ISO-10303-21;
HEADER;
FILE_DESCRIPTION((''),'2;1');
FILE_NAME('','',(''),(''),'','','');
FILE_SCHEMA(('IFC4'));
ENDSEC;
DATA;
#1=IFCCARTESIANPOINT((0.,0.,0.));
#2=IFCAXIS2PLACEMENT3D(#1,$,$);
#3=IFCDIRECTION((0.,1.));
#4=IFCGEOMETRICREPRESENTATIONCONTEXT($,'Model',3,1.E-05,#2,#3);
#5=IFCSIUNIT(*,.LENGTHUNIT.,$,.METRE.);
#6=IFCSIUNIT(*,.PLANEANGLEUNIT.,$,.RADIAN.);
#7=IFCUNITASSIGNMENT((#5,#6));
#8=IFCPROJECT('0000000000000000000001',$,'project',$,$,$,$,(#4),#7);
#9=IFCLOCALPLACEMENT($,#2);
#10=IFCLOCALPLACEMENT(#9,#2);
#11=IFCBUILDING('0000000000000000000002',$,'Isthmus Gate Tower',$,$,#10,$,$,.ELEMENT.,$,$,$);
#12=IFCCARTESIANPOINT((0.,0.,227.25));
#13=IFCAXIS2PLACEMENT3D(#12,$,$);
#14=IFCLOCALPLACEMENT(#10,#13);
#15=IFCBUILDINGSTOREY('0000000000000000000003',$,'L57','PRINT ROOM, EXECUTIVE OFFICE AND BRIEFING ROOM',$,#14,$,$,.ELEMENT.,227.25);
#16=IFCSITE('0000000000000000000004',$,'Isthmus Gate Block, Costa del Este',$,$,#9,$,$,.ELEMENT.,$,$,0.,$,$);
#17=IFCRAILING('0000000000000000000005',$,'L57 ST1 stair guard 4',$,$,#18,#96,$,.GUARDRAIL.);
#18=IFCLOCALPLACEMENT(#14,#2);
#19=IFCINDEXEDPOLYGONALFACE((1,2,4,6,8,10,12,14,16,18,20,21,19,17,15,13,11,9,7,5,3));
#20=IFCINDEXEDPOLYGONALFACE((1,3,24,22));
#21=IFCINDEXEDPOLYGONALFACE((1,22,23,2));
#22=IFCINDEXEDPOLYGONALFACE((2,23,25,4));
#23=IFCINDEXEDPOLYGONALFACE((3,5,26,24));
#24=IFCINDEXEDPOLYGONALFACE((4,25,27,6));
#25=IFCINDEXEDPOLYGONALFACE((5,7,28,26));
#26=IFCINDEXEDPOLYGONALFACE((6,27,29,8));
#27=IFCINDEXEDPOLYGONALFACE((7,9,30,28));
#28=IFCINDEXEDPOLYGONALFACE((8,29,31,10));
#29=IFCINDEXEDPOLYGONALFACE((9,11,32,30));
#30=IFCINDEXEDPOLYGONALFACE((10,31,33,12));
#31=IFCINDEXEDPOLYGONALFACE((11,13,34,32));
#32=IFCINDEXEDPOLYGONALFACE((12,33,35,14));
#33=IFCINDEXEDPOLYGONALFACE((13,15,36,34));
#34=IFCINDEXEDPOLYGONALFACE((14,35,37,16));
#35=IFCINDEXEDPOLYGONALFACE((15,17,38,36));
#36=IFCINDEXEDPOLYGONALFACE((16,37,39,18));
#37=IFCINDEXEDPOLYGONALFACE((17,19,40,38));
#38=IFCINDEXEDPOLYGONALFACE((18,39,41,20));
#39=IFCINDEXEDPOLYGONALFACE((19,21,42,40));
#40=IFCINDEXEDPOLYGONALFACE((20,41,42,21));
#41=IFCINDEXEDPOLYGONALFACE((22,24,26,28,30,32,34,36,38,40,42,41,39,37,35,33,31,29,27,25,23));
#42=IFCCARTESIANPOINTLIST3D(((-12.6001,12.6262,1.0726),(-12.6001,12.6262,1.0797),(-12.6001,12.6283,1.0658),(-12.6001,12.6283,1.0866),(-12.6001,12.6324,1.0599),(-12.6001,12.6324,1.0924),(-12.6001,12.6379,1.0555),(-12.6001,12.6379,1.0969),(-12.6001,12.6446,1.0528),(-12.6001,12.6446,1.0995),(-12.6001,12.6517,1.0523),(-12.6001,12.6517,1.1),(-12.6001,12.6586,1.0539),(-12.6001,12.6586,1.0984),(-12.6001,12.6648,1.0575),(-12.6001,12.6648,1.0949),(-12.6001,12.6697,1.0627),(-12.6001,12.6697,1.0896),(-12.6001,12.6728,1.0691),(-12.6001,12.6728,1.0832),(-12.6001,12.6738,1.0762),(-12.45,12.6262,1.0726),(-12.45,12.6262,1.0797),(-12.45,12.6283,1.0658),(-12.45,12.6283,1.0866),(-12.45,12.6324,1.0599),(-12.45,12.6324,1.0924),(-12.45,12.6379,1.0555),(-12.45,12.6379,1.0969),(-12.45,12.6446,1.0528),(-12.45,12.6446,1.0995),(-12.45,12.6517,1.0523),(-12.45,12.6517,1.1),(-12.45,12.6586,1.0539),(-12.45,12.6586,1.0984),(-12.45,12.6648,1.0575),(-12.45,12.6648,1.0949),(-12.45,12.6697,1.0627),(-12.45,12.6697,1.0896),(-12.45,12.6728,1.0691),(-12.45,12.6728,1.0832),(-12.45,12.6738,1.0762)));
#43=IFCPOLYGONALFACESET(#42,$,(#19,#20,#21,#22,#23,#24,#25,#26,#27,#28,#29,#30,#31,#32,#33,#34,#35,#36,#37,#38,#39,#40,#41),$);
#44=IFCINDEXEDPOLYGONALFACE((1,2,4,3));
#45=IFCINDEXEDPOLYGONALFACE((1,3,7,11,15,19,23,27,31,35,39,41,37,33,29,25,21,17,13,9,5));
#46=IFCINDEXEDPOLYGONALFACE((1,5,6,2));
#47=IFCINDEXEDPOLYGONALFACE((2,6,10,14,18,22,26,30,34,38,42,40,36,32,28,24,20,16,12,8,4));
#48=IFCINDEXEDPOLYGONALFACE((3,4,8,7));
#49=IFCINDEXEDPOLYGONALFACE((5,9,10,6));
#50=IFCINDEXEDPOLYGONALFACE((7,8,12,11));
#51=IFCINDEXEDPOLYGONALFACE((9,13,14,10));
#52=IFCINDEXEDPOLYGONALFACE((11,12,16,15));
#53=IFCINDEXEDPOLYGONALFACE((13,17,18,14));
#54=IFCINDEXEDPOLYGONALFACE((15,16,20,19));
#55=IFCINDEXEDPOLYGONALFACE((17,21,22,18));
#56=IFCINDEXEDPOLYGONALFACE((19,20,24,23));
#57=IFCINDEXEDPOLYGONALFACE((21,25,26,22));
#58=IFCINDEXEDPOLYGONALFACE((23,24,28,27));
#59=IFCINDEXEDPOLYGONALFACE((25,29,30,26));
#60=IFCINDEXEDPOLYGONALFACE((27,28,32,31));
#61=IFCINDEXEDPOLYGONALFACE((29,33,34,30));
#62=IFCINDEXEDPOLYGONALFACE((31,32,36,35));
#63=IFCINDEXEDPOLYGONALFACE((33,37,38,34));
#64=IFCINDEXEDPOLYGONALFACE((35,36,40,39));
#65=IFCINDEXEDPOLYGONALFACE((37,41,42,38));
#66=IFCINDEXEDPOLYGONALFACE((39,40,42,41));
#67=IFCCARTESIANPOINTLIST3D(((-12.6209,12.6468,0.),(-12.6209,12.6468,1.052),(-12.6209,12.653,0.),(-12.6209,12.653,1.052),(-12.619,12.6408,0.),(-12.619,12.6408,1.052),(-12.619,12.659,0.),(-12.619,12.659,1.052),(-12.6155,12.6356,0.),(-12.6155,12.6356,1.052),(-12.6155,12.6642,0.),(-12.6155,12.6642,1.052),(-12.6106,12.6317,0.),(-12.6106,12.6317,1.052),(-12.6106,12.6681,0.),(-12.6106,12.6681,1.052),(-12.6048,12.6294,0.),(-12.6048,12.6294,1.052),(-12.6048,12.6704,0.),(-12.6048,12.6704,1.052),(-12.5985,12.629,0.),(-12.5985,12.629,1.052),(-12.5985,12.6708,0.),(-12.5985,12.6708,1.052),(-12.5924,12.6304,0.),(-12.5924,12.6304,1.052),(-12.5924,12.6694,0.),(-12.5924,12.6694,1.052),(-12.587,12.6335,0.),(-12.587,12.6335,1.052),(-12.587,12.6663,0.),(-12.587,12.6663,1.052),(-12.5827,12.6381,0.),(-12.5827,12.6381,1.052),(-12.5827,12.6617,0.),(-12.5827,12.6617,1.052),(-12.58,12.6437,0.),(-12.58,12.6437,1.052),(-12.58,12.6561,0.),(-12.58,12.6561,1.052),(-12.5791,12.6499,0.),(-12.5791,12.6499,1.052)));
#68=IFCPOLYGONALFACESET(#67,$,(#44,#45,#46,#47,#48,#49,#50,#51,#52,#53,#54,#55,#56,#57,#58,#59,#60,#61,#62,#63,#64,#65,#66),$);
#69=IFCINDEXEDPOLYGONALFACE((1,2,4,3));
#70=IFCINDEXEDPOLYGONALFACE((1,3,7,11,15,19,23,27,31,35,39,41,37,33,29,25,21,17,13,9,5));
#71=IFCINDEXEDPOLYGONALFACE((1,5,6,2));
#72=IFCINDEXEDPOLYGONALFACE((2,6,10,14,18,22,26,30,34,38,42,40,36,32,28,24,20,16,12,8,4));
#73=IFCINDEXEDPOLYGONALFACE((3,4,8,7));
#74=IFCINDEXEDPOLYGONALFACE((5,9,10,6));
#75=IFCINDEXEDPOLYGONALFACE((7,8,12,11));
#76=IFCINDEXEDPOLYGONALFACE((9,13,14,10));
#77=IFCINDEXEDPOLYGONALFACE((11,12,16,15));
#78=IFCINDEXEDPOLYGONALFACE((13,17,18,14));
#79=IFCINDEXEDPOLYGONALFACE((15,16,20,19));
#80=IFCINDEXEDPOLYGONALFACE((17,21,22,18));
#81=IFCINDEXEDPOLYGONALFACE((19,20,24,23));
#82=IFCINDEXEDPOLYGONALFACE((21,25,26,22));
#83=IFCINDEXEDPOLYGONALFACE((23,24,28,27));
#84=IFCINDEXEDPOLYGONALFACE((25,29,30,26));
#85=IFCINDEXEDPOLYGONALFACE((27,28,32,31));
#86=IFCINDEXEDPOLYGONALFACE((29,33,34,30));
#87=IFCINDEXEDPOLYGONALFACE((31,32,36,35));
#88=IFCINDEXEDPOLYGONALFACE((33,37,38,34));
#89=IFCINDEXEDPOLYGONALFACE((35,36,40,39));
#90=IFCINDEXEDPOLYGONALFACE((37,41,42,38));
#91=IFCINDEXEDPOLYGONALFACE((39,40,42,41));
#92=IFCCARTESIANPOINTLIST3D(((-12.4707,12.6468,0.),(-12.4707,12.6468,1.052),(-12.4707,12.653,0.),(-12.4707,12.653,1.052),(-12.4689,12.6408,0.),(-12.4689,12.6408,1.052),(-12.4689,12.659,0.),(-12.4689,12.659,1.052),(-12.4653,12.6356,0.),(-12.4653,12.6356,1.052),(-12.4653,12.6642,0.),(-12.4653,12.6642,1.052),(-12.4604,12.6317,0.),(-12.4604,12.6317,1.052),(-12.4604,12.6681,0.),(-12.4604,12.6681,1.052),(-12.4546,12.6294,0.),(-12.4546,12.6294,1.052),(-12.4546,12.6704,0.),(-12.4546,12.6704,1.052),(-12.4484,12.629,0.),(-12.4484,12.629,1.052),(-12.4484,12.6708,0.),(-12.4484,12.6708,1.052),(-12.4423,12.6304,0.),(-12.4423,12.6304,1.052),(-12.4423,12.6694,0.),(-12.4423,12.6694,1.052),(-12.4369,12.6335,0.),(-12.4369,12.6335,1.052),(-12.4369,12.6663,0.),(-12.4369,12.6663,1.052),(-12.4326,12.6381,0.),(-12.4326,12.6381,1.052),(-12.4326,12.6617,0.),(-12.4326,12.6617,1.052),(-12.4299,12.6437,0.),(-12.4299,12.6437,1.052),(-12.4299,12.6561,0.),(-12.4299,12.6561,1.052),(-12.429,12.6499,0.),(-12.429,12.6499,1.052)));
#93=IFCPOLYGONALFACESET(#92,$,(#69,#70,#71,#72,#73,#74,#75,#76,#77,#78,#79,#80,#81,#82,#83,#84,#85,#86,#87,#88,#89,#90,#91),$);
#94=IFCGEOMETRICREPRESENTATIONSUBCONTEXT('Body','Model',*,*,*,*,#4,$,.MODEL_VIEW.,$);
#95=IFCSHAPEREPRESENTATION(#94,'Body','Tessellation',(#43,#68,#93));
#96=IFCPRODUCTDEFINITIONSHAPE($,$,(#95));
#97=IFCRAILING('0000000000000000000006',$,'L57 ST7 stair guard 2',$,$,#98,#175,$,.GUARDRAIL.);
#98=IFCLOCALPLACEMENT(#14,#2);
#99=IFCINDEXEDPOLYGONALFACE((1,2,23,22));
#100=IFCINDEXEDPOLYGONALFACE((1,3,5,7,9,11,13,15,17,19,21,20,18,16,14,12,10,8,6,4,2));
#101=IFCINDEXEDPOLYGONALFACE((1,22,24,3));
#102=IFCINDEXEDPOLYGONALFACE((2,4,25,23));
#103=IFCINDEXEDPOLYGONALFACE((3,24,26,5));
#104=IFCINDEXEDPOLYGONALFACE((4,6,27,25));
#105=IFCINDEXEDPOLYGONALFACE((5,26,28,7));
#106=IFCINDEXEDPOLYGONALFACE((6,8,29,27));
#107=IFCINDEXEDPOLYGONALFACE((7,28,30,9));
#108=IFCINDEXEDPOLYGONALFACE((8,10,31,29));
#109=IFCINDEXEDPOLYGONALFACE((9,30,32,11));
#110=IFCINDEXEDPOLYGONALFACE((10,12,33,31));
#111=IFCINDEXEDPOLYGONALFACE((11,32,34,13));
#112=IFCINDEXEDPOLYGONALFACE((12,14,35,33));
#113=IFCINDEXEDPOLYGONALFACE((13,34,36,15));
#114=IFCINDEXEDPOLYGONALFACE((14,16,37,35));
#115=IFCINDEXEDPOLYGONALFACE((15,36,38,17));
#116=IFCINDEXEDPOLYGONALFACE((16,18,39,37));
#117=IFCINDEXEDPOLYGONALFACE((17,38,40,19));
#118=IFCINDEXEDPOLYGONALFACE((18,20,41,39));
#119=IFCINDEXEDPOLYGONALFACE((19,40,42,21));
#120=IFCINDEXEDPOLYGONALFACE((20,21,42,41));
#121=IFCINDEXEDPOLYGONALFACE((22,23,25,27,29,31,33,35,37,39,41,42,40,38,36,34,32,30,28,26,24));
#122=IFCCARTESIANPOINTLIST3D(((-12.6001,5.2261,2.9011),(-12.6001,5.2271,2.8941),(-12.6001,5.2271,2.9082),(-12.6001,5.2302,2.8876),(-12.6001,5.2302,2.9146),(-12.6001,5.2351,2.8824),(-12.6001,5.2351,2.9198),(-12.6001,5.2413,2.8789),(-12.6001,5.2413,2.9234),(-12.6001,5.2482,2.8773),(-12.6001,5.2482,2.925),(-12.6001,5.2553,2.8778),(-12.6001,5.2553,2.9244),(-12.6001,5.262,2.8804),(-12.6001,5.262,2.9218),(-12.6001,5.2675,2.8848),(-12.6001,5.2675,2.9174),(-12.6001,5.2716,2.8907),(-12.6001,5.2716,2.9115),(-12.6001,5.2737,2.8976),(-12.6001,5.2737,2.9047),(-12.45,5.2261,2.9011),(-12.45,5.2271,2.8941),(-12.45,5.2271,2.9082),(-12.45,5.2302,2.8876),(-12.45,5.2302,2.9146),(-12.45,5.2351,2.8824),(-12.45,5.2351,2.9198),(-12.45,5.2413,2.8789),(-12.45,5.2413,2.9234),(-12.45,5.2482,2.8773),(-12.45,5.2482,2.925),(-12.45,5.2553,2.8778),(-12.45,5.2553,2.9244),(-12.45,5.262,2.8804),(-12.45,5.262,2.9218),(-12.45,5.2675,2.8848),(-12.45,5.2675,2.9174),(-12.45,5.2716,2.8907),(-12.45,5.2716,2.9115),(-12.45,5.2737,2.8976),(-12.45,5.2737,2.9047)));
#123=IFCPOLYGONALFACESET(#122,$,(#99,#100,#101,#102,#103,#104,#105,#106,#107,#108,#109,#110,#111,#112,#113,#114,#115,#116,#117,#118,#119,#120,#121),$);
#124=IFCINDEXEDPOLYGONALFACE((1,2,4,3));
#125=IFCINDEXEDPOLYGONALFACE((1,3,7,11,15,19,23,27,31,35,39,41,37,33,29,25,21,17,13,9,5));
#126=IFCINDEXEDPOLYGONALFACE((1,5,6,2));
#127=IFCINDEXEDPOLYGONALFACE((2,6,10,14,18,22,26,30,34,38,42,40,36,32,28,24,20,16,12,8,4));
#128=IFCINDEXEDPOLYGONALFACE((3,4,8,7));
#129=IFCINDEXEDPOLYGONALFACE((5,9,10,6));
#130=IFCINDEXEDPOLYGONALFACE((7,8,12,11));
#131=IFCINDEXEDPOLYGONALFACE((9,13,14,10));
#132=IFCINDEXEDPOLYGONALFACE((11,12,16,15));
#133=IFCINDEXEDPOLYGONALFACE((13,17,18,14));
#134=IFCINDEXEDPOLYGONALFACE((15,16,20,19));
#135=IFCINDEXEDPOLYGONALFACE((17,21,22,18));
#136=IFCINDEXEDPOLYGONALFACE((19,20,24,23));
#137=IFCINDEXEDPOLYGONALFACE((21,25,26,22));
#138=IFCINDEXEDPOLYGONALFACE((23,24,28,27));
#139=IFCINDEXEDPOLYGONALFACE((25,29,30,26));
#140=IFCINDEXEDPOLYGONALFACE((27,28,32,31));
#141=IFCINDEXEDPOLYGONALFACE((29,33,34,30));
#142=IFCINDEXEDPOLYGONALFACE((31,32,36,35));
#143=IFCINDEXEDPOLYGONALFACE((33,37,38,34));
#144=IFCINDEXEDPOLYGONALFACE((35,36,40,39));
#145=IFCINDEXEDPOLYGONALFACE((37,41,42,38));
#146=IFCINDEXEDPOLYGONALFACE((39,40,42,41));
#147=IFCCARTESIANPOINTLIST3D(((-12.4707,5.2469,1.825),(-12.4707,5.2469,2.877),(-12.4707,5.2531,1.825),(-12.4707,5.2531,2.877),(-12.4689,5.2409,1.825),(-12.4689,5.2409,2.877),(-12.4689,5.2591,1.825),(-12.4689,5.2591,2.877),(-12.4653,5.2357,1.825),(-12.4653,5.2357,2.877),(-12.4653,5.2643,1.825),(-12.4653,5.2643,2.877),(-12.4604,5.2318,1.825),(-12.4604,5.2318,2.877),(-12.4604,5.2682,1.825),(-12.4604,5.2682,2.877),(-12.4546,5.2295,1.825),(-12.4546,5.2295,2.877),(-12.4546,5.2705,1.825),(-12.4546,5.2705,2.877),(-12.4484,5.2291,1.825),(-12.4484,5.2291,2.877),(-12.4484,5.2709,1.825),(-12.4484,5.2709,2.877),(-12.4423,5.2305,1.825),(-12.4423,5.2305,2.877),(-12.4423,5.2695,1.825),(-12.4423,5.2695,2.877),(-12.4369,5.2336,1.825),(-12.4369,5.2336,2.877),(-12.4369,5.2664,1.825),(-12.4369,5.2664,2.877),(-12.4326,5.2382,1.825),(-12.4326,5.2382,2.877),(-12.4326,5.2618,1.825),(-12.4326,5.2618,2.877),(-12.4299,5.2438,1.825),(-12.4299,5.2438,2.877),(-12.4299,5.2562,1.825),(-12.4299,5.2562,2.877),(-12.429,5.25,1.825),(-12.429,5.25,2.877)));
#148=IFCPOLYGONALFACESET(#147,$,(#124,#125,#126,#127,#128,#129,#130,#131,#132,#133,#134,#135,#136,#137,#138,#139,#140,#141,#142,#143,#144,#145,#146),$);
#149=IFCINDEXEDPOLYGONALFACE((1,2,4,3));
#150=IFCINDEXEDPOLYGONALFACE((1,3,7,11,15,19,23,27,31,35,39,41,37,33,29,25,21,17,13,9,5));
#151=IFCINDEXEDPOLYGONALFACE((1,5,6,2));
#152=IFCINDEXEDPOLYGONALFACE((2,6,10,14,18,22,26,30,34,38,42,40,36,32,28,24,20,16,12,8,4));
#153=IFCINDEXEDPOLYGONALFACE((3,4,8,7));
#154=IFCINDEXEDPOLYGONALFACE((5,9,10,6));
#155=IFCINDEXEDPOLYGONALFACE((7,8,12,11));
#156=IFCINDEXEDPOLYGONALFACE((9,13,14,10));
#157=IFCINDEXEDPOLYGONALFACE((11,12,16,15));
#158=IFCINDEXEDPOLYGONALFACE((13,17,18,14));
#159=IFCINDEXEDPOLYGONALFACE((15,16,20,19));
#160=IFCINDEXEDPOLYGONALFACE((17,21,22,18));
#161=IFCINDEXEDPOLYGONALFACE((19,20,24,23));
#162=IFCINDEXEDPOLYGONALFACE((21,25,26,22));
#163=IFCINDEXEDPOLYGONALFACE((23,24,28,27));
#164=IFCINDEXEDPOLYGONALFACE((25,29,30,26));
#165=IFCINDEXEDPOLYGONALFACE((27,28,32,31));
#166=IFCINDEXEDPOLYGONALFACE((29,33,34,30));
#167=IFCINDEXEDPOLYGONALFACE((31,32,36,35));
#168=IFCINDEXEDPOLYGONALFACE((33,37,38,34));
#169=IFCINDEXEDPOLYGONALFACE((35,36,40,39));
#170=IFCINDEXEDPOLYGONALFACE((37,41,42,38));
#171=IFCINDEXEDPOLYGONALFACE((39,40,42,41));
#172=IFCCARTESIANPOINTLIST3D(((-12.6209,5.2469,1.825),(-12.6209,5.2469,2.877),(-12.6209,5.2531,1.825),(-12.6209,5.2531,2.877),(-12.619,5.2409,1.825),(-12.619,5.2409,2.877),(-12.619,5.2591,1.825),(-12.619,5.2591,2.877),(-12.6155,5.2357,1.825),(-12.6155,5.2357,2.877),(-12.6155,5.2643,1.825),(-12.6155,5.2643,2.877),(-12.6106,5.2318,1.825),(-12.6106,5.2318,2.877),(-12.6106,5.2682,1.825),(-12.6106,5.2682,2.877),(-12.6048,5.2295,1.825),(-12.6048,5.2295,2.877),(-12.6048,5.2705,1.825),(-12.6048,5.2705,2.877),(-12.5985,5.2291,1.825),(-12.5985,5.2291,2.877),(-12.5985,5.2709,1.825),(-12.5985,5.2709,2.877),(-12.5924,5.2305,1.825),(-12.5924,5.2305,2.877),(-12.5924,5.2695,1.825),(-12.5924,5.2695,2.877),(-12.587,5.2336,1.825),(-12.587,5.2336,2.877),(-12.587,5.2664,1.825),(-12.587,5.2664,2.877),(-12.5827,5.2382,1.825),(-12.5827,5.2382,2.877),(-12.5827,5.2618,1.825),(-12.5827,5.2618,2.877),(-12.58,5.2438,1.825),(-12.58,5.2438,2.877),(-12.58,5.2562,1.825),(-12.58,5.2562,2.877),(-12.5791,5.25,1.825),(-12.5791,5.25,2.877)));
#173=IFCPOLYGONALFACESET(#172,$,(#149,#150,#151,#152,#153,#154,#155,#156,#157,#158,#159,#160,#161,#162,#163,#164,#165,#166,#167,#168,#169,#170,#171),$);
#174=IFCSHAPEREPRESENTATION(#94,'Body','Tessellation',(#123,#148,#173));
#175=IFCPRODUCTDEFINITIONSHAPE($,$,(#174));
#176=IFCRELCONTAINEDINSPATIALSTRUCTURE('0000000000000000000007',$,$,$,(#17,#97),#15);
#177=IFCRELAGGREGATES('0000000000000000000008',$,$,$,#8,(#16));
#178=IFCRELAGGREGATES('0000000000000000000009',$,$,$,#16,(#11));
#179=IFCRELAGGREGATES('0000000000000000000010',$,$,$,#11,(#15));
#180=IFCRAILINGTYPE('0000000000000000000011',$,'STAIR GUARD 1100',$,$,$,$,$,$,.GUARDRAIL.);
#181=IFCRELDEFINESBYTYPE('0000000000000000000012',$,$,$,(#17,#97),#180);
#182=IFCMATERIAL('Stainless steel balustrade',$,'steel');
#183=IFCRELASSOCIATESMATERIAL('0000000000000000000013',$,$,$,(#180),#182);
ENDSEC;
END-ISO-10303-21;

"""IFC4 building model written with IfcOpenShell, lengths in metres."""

from ifc_helpers import new_model, si_unit, direction, frame, origin, origin_2d, place, context, subcontext, project, spatial, circle, extrude, material, type_object, element, save


model = new_model("IFC4")

# Units and contexts
model_context = context("Model", 3, precision=1e-05, world=origin(), true_north=direction((0.0, 1.0)))
body_context = subcontext(model_context, "Body", "Model", "MODEL_VIEW")
ifc_project = project(units=[si_unit("LENGTHUNIT", "METRE"), si_unit("PLANEANGLEUNIT", "RADIAN")], contexts=[model_context])

# Site, building, storey
site_placement = place(None, origin())
site = spatial("IfcSite", under=ifc_project, at=site_placement, Name="Isthmus Gate Block, Costa del Este", CompositionType="ELEMENT", RefElevation=0.0)
building_placement = place(site_placement, origin())
building = spatial("IfcBuilding", under=site, at=building_placement, Name="Isthmus Gate Tower", CompositionType="ELEMENT")
storey_placement = place(building_placement, frame((0.0, 0.0, 227.25)))
storey = spatial("IfcBuildingStorey", under=building, at=storey_placement, Name="L57", Description="PRINT ROOM, EXECUTIVE OFFICE AND BRIEFING ROOM", CompositionType="ELEMENT", Elevation=227.25)

# Railings
ifc_material_1 = material(Name="Stainless steel balustrade", Category="steel")
railing_type_1 = type_object("IfcRailingType", Name="STAIR GUARD 1100", PredefinedType="GUARDRAIL", material=ifc_material_1)
railing_1_placement = place(storey_placement, frame((-12.6001, 12.6499, 0.0)))
element("IfcRailing", 1, at=railing_1_placement, inside=storey, type_object=railing_type_1, Name="L57 ST1 stair guard 4", PredefinedType="GUARDRAIL", context=body_context, shape_type="SweptSolid", body=[
    extrude(circle(Radius=0.0239, at=origin_2d()), frame((0.0, 0.0, 1.0762), z_axis=(1.0, 0.0, 0.0), x_axis=(0.0, 1.0, 0.0)), (0.0, 0.0, 1.0), 0.1501),
    extrude(circle(Radius=0.021, at=origin_2d()), origin(), (0.0, 0.0, 1.0), 1.052),
    extrude(circle(Radius=0.021, at=origin_2d()), frame((0.1501, 0.0, 0.0)), (0.0, 0.0, 1.0), 1.052),
])
railing_2_placement = place(storey_placement, frame((-12.45, 5.25, 1.825)))
element("IfcRailing", 2, at=railing_2_placement, inside=storey, type_object=railing_type_1, Name="L57 ST7 stair guard 2", PredefinedType="GUARDRAIL", context=body_context, shape_type="SweptSolid", body=[
    extrude(circle(Radius=0.0239, at=origin_2d()), frame((0.0, 0.0, 1.0762), z_axis=(-1.0, 0.0, 0.0), x_axis=(0.0, -1.0, 0.0)), (0.0, 0.0, 1.0), 0.1501),
    extrude(circle(Radius=0.021, at=origin_2d()), origin(), (0.0, 0.0, 1.0), 1.052),
    extrude(circle(Radius=0.021, at=origin_2d()), frame((-0.1501, 0.0, 0.0)), (0.0, 0.0, 1.0), 1.052),
])

save(model, "model.ifc")
